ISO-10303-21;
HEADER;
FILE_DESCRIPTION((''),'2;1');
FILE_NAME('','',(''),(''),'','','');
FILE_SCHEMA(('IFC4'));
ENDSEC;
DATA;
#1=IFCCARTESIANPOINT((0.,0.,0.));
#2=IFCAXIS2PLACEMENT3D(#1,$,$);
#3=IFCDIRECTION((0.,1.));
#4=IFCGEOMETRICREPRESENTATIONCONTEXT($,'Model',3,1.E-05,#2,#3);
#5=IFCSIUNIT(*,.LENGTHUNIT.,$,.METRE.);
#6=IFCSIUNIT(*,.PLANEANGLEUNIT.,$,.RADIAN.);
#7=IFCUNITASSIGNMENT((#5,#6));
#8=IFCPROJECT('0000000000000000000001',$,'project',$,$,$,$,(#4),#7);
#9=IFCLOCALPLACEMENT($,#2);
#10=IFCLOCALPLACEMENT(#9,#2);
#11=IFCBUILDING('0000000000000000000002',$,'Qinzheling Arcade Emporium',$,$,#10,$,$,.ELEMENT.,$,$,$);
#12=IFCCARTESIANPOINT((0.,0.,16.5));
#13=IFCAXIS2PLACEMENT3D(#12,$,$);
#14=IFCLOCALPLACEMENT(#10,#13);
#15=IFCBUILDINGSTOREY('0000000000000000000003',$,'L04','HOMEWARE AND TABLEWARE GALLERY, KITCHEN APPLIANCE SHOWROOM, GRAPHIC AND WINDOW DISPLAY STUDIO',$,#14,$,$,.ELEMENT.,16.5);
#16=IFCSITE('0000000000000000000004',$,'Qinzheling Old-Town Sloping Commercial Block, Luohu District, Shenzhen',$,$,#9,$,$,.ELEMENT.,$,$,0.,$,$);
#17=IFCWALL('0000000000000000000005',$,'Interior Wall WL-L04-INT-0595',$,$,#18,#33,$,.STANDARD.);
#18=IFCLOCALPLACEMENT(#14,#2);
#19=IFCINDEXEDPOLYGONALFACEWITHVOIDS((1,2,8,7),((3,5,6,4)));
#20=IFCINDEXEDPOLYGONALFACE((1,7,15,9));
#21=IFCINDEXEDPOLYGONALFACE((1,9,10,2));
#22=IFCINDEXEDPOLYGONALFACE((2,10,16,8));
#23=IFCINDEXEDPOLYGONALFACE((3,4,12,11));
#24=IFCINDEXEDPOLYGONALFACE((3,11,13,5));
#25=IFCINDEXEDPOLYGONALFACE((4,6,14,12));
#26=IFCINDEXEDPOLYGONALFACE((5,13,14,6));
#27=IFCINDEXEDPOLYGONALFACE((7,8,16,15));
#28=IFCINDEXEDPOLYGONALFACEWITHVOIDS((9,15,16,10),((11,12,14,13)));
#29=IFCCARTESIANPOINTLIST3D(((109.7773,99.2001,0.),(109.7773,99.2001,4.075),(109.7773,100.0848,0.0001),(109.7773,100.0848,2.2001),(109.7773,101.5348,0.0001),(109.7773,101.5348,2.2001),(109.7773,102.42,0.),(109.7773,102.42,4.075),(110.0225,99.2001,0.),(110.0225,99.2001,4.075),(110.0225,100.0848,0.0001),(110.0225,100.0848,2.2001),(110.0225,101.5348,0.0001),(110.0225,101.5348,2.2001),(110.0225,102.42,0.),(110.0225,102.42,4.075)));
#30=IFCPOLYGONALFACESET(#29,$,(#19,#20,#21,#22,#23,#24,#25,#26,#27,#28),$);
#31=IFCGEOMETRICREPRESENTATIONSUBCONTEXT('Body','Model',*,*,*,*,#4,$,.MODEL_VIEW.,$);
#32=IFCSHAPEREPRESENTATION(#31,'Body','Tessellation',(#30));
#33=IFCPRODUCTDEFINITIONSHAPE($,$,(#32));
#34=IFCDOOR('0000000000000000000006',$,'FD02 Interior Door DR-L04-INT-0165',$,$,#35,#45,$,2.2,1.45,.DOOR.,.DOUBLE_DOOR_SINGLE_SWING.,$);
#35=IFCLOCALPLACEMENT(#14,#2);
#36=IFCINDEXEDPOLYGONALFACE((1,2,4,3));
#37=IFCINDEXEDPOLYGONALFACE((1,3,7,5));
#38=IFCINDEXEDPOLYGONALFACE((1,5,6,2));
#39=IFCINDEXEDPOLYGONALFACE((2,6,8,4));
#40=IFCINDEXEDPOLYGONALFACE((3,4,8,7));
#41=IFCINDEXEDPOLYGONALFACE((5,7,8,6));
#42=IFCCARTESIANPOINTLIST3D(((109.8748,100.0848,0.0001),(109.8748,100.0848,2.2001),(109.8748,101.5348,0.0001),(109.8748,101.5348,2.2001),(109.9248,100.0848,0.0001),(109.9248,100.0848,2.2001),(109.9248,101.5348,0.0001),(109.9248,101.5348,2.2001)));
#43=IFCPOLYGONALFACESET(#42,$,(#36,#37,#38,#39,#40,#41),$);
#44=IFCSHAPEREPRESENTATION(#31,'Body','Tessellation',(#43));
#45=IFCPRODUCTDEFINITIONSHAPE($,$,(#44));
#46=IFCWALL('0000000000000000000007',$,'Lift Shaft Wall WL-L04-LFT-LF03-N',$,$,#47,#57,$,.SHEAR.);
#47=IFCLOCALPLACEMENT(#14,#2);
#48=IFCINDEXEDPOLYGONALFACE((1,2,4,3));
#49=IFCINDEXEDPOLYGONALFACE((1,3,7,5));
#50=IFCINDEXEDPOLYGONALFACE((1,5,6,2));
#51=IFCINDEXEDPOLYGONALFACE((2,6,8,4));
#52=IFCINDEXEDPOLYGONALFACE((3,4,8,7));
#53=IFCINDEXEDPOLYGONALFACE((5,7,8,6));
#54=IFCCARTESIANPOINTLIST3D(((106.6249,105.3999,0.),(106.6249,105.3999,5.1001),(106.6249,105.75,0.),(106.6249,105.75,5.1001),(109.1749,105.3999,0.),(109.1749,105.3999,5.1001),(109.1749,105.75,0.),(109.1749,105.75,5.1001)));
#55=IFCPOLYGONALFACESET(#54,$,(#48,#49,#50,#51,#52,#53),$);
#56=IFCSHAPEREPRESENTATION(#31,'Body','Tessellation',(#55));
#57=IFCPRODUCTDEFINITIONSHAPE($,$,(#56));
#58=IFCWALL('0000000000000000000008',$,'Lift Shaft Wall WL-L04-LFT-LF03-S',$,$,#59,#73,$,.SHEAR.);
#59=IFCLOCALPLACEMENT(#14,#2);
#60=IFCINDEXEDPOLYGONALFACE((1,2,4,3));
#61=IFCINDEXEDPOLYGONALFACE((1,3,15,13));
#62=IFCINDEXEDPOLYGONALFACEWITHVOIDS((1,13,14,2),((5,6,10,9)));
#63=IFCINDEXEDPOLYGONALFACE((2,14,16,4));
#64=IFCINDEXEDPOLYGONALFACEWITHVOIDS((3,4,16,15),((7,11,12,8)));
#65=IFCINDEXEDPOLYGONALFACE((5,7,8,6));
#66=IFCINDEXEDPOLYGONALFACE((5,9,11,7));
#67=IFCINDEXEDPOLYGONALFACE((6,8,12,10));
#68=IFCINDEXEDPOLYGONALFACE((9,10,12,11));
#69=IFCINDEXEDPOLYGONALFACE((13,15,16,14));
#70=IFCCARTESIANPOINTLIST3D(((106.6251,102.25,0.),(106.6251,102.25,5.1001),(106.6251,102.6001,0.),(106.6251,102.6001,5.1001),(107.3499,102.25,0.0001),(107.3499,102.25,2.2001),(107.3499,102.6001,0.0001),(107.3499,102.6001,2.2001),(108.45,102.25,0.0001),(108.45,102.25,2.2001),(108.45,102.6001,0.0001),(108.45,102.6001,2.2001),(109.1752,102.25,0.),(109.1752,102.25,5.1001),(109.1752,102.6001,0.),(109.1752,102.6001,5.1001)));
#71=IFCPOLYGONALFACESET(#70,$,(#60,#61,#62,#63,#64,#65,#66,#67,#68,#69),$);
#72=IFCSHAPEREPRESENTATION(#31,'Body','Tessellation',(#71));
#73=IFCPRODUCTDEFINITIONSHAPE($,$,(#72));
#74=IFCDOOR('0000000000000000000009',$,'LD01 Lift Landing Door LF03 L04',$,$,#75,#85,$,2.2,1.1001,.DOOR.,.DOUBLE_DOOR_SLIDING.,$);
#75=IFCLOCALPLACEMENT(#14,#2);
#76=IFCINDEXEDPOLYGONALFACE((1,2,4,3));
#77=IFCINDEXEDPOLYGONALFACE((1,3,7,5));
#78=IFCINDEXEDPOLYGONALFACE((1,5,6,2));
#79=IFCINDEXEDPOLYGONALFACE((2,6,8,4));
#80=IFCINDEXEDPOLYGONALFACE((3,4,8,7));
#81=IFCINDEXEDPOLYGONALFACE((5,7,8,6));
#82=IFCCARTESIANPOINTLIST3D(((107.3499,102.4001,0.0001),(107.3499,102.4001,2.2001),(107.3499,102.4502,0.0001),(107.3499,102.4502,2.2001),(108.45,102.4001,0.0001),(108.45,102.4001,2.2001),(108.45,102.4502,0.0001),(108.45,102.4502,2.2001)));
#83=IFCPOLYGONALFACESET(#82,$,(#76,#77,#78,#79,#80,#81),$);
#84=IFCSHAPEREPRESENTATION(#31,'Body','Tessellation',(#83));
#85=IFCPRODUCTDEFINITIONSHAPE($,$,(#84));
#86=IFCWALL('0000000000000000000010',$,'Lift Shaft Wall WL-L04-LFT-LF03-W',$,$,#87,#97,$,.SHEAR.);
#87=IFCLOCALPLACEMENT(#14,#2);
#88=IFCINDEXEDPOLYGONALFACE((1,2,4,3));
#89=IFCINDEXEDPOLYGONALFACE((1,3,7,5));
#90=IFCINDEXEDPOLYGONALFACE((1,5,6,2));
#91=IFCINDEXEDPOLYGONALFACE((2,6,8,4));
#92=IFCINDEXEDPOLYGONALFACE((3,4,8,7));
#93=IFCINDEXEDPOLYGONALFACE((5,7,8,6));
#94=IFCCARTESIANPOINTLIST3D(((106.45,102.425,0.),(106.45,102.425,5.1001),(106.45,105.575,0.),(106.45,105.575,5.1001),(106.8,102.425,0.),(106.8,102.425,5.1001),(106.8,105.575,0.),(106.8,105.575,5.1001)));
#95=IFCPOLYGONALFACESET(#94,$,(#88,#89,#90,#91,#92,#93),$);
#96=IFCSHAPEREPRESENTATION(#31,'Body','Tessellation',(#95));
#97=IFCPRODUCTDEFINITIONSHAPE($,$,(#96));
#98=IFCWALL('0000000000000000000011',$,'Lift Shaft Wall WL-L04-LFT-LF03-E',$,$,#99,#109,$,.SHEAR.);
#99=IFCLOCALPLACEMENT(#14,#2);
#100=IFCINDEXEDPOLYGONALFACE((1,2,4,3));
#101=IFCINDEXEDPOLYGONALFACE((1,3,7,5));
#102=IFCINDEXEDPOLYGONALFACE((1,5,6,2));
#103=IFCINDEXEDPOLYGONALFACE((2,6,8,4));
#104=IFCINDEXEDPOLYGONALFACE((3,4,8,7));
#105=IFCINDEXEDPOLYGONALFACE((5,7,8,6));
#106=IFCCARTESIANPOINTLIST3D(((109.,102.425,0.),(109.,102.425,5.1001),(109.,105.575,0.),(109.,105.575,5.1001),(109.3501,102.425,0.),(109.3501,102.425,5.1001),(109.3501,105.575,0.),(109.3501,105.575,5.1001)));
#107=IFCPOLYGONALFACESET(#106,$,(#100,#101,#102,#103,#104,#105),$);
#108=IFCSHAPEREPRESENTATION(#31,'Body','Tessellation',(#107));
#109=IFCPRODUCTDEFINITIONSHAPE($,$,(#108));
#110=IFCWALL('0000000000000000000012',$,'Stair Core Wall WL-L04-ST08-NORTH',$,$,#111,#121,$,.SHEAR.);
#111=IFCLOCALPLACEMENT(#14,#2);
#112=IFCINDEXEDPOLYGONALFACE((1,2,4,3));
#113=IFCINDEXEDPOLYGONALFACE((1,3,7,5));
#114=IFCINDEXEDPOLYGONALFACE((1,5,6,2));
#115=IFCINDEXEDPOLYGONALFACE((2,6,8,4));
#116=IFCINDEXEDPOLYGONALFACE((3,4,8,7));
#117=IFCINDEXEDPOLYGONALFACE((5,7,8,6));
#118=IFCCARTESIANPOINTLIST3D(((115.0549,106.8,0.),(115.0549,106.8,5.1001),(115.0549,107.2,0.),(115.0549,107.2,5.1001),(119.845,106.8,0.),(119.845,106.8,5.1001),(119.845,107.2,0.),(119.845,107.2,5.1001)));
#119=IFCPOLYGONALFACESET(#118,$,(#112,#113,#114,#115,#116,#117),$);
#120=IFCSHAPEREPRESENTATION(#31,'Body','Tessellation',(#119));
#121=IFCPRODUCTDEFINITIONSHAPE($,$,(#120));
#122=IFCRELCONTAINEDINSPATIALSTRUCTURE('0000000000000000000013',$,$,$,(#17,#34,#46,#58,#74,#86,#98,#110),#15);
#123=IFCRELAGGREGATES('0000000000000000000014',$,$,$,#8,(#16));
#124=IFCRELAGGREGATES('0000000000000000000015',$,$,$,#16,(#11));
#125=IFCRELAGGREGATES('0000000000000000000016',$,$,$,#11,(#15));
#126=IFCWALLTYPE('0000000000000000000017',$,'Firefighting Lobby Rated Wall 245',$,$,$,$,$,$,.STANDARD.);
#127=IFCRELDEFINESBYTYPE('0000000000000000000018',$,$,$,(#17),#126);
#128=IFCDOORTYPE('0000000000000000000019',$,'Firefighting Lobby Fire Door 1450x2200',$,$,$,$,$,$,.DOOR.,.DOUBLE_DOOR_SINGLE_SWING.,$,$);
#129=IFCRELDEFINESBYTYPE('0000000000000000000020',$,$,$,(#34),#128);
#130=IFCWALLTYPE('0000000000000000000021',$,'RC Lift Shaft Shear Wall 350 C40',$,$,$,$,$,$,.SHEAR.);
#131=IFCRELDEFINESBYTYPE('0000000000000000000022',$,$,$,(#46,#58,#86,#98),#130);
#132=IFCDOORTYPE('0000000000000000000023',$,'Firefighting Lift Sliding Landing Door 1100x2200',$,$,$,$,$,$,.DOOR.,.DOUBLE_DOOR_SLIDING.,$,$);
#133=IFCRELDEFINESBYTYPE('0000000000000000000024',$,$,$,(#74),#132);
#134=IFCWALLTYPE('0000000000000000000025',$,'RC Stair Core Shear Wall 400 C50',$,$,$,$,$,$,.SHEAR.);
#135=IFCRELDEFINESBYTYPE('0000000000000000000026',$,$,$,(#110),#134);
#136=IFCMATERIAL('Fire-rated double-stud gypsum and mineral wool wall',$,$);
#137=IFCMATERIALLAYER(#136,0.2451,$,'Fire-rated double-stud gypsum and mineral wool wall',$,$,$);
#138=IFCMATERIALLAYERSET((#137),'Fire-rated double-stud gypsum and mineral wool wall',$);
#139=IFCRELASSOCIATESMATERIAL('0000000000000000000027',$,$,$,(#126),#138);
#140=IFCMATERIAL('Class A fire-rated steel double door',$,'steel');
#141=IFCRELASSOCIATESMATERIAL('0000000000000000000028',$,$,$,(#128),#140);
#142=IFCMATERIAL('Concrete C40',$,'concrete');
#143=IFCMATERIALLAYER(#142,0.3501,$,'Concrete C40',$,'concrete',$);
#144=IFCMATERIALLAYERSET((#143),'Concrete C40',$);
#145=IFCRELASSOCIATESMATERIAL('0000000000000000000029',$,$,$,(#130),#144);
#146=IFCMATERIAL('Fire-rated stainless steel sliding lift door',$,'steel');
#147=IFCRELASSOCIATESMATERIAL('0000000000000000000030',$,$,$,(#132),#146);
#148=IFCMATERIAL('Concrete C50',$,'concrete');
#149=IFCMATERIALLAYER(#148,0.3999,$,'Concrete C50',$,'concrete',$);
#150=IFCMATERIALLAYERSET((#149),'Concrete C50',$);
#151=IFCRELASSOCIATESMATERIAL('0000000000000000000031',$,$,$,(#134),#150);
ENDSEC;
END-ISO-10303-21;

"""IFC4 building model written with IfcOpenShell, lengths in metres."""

from ifc_helpers import new_model, si_unit, direction, frame, frame_2d, origin, place, context, subcontext, project, spatial, rectangle, extrude, material, layer, layer_set, type_object, element, fill, save


model = new_model("IFC4")

# Units and contexts
model_context = context("Model", 3, precision=1e-05, world=origin(), true_north=direction((0.0, 1.0)))
body_context = subcontext(model_context, "Body", "Model", "MODEL_VIEW")
ifc_project = project(units=[si_unit("LENGTHUNIT", "METRE"), si_unit("PLANEANGLEUNIT", "RADIAN")], contexts=[model_context])

# Site, building, storey
site_placement = place(None, origin())
site = spatial("IfcSite", under=ifc_project, at=site_placement, Name="Qinzheling Old-Town Sloping Commercial Block, Luohu District, Shenzhen", CompositionType="ELEMENT", RefElevation=0.0)
building_placement = place(site_placement, origin())
building = spatial("IfcBuilding", under=site, at=building_placement, Name="Qinzheling Arcade Emporium", CompositionType="ELEMENT")
storey_placement = place(building_placement, frame((0.0, 0.0, 16.5)))
storey = spatial("IfcBuildingStorey", under=building, at=storey_placement, Name="L04", Description="HOMEWARE AND TABLEWARE GALLERY, KITCHEN APPLIANCE SHOWROOM, GRAPHIC AND WINDOW DISPLAY STUDIO", CompositionType="ELEMENT", Elevation=16.5)

# Shared definitions
ifc_material_1 = material(Name="Concrete C40", Category="concrete")

# Wall, opening, door
ifc_material_2 = material(Name="Fire-rated double-stud gypsum and mineral wool wall")
ifc_layer_1 = layer(ifc_material_2, 0.2451, Name="Fire-rated double-stud gypsum and mineral wool wall")
ifc_layer_set_1 = layer_set([ifc_layer_1], Name="Fire-rated double-stud gypsum and mineral wool wall")
wall_type_1 = type_object("IfcWallType", Name="Firefighting Lobby Rated Wall 245", PredefinedType="STANDARD", material=ifc_layer_set_1)
wall_1_placement = place(storey_placement, frame((109.8999, 102.4199, 0.0), z_axis=(0.0, 0.0, 1.0), x_axis=(0.0, -1.0, 0.0)))
wall_1 = element("IfcWall", 1, at=wall_1_placement, inside=storey, type_object=wall_type_1, Name="Interior Wall WL-L04-INT-0595", PredefinedType="STANDARD", context=body_context, shape_type="SweptSolid", body=[
    extrude(rectangle(XDim=3.22, YDim=0.2451, at=frame_2d((1.6099, 0.0))), origin(), (0.0, 0.0, 1.0), 4.075),
])
opening_1_placement = place(wall_1_placement, frame((0.885, 0.0, 0.0)))
opening_1 = element("IfcOpeningElement", 2, at=opening_1_placement, cuts=wall_1, PredefinedType="OPENING", context=body_context, shape_type="SweptSolid", body=[
    extrude(rectangle(XDim=1.45, YDim=2.2, at=frame_2d((0.7251, 1.1001))), frame((0.0, 0.1326, 0.0), z_axis=(0.0, -1.0, 0.0), x_axis=(1.0, 0.0, 0.0)), (0.0, 0.0, 1.0), 0.2651),
])
ifc_material_3 = material(Name="Class A fire-rated steel double door", Category="steel")
door_type_1 = type_object("IfcDoorType", Name="Firefighting Lobby Fire Door 1450x2200", OperationType="DOUBLE_DOOR_SINGLE_SWING", PredefinedType="DOOR", material=ifc_material_3)
door_1_placement = place(opening_1_placement, origin())
door_1 = element("IfcDoor", 3, at=door_1_placement, inside=storey, type_object=door_type_1, Name="FD02 Interior Door DR-L04-INT-0165", OperationType="DOUBLE_DOOR_SINGLE_SWING", OverallHeight=2.2, OverallWidth=1.45, PredefinedType="DOOR", context=body_context, shape_type="SweptSolid", body=[
    extrude(rectangle(XDim=1.45, YDim=2.2, at=frame_2d((0.7251, 1.1001))), frame((0.0, 0.0249, 0.0), z_axis=(0.0, -1.0, 0.0), x_axis=(1.0, 0.0, 0.0)), (0.0, 0.0, 1.0), 0.05),
])
fill(opening_1, door_1)

# Wall
ifc_layer_2 = layer(ifc_material_1, 0.3501, Name="Concrete C40", Category="concrete")
ifc_layer_set_2 = layer_set([ifc_layer_2], Name="Concrete C40")
wall_type_2 = type_object("IfcWallType", Name="RC Lift Shaft Shear Wall 350 C40", PredefinedType="SHEAR", material=ifc_layer_set_2)
wall_2_placement = place(storey_placement, frame((106.625, 105.575, 0.0), z_axis=(0.0, 0.0, 1.0), x_axis=(1.0, 0.0, 0.0)))
element("IfcWall", 4, at=wall_2_placement, inside=storey, type_object=wall_type_2, Name="Lift Shaft Wall WL-L04-LFT-LF03-N", PredefinedType="SHEAR", context=body_context, shape_type="SweptSolid", body=[
    extrude(rectangle(XDim=2.55, YDim=0.3501, at=frame_2d((1.2749, 0.0))), origin(), (0.0, 0.0, 1.0), 5.1001),
])

# Wall, opening, door
wall_3_placement = place(storey_placement, frame((109.175, 102.425, 0.0), z_axis=(0.0, 0.0, 1.0), x_axis=(-1.0, 0.0, 0.0)))
wall_3 = element("IfcWall", 5, at=wall_3_placement, inside=storey, type_object=wall_type_2, Name="Lift Shaft Wall WL-L04-LFT-LF03-S", PredefinedType="SHEAR", context=body_context, shape_type="SweptSolid", body=[
    extrude(rectangle(XDim=2.55, YDim=0.3501, at=frame_2d((1.2749, 0.0))), origin(), (0.0, 0.0, 1.0), 5.1001),
])
opening_2_placement = place(wall_3_placement, frame((0.7251, 0.0, 0.0)))
opening_2 = element("IfcOpeningElement", 6, at=opening_2_placement, cuts=wall_3, PredefinedType="OPENING", context=body_context, shape_type="SweptSolid", body=[
    extrude(rectangle(XDim=1.1001, YDim=2.2, at=frame_2d((0.55, 1.1001))), frame((0.0, 0.1851, 0.0), z_axis=(0.0, -1.0, 0.0), x_axis=(1.0, 0.0, 0.0)), (0.0, 0.0, 1.0), 0.3701),
])
ifc_material_4 = material(Name="Fire-rated stainless steel sliding lift door", Category="steel")
door_type_2 = type_object("IfcDoorType", Name="Firefighting Lift Sliding Landing Door 1100x2200", OperationType="DOUBLE_DOOR_SLIDING", PredefinedType="DOOR", material=ifc_material_4)
door_2_placement = place(opening_2_placement, origin())
door_2 = element("IfcDoor", 7, at=door_2_placement, inside=storey, type_object=door_type_2, Name="LD01 Lift Landing Door LF03 L04", OperationType="DOUBLE_DOOR_SLIDING", OverallHeight=2.2, OverallWidth=1.1001, PredefinedType="DOOR", context=body_context, shape_type="SweptSolid", body=[
    extrude(rectangle(XDim=1.1001, YDim=2.2, at=frame_2d((0.55, 1.1001))), frame((0.0, 0.0249, 0.0), z_axis=(0.0, -1.0, 0.0), x_axis=(1.0, 0.0, 0.0)), (0.0, 0.0, 1.0), 0.05),
])
fill(opening_2, door_2)

# Walls
for number, where, z_axis, x_axis, name in (
    (8, (106.625, 102.425, 0.0), (0.0, 0.0, 1.0), (0.0, 1.0, 0.0), "Lift Shaft Wall WL-L04-LFT-LF03-W"),
    (9, (109.175, 105.575, 0.0), (0.0, 0.0, 1.0), (0.0, -1.0, 0.0), "Lift Shaft Wall WL-L04-LFT-LF03-E"),
):
    element("IfcWall", number, at=place(storey_placement, frame(where, z_axis=z_axis, x_axis=x_axis)), inside=storey, type_object=wall_type_2, Name=name, PredefinedType="SHEAR", context=body_context, shape_type="SweptSolid", body=[
        extrude(rectangle(XDim=3.1499, YDim=0.3501, at=frame_2d((1.575, 0.0))), origin(), (0.0, 0.0, 1.0), 5.1001),
    ])
ifc_material_5 = material(Name="Concrete C50", Category="concrete")
ifc_layer_3 = layer(ifc_material_5, 0.3999, Name="Concrete C50", Category="concrete")
ifc_layer_set_3 = layer_set([ifc_layer_3], Name="Concrete C50")
wall_type_3 = type_object("IfcWallType", Name="RC Stair Core Shear Wall 400 C50", PredefinedType="SHEAR", material=ifc_layer_set_3)
wall_4_placement = place(storey_placement, frame((115.0549, 107.0, 0.0), z_axis=(0.0, 0.0, 1.0), x_axis=(1.0, 0.0, 0.0)))
element("IfcWall", 10, at=wall_4_placement, inside=storey, type_object=wall_type_3, Name="Stair Core Wall WL-L04-ST08-NORTH", PredefinedType="SHEAR", context=body_context, shape_type="SweptSolid", body=[
    extrude(rectangle(XDim=4.79, YDim=0.3999, at=frame_2d((2.395, 0.0))), origin(), (0.0, 0.0, 1.0), 5.1001),
])

save(model, "model.ifc")
